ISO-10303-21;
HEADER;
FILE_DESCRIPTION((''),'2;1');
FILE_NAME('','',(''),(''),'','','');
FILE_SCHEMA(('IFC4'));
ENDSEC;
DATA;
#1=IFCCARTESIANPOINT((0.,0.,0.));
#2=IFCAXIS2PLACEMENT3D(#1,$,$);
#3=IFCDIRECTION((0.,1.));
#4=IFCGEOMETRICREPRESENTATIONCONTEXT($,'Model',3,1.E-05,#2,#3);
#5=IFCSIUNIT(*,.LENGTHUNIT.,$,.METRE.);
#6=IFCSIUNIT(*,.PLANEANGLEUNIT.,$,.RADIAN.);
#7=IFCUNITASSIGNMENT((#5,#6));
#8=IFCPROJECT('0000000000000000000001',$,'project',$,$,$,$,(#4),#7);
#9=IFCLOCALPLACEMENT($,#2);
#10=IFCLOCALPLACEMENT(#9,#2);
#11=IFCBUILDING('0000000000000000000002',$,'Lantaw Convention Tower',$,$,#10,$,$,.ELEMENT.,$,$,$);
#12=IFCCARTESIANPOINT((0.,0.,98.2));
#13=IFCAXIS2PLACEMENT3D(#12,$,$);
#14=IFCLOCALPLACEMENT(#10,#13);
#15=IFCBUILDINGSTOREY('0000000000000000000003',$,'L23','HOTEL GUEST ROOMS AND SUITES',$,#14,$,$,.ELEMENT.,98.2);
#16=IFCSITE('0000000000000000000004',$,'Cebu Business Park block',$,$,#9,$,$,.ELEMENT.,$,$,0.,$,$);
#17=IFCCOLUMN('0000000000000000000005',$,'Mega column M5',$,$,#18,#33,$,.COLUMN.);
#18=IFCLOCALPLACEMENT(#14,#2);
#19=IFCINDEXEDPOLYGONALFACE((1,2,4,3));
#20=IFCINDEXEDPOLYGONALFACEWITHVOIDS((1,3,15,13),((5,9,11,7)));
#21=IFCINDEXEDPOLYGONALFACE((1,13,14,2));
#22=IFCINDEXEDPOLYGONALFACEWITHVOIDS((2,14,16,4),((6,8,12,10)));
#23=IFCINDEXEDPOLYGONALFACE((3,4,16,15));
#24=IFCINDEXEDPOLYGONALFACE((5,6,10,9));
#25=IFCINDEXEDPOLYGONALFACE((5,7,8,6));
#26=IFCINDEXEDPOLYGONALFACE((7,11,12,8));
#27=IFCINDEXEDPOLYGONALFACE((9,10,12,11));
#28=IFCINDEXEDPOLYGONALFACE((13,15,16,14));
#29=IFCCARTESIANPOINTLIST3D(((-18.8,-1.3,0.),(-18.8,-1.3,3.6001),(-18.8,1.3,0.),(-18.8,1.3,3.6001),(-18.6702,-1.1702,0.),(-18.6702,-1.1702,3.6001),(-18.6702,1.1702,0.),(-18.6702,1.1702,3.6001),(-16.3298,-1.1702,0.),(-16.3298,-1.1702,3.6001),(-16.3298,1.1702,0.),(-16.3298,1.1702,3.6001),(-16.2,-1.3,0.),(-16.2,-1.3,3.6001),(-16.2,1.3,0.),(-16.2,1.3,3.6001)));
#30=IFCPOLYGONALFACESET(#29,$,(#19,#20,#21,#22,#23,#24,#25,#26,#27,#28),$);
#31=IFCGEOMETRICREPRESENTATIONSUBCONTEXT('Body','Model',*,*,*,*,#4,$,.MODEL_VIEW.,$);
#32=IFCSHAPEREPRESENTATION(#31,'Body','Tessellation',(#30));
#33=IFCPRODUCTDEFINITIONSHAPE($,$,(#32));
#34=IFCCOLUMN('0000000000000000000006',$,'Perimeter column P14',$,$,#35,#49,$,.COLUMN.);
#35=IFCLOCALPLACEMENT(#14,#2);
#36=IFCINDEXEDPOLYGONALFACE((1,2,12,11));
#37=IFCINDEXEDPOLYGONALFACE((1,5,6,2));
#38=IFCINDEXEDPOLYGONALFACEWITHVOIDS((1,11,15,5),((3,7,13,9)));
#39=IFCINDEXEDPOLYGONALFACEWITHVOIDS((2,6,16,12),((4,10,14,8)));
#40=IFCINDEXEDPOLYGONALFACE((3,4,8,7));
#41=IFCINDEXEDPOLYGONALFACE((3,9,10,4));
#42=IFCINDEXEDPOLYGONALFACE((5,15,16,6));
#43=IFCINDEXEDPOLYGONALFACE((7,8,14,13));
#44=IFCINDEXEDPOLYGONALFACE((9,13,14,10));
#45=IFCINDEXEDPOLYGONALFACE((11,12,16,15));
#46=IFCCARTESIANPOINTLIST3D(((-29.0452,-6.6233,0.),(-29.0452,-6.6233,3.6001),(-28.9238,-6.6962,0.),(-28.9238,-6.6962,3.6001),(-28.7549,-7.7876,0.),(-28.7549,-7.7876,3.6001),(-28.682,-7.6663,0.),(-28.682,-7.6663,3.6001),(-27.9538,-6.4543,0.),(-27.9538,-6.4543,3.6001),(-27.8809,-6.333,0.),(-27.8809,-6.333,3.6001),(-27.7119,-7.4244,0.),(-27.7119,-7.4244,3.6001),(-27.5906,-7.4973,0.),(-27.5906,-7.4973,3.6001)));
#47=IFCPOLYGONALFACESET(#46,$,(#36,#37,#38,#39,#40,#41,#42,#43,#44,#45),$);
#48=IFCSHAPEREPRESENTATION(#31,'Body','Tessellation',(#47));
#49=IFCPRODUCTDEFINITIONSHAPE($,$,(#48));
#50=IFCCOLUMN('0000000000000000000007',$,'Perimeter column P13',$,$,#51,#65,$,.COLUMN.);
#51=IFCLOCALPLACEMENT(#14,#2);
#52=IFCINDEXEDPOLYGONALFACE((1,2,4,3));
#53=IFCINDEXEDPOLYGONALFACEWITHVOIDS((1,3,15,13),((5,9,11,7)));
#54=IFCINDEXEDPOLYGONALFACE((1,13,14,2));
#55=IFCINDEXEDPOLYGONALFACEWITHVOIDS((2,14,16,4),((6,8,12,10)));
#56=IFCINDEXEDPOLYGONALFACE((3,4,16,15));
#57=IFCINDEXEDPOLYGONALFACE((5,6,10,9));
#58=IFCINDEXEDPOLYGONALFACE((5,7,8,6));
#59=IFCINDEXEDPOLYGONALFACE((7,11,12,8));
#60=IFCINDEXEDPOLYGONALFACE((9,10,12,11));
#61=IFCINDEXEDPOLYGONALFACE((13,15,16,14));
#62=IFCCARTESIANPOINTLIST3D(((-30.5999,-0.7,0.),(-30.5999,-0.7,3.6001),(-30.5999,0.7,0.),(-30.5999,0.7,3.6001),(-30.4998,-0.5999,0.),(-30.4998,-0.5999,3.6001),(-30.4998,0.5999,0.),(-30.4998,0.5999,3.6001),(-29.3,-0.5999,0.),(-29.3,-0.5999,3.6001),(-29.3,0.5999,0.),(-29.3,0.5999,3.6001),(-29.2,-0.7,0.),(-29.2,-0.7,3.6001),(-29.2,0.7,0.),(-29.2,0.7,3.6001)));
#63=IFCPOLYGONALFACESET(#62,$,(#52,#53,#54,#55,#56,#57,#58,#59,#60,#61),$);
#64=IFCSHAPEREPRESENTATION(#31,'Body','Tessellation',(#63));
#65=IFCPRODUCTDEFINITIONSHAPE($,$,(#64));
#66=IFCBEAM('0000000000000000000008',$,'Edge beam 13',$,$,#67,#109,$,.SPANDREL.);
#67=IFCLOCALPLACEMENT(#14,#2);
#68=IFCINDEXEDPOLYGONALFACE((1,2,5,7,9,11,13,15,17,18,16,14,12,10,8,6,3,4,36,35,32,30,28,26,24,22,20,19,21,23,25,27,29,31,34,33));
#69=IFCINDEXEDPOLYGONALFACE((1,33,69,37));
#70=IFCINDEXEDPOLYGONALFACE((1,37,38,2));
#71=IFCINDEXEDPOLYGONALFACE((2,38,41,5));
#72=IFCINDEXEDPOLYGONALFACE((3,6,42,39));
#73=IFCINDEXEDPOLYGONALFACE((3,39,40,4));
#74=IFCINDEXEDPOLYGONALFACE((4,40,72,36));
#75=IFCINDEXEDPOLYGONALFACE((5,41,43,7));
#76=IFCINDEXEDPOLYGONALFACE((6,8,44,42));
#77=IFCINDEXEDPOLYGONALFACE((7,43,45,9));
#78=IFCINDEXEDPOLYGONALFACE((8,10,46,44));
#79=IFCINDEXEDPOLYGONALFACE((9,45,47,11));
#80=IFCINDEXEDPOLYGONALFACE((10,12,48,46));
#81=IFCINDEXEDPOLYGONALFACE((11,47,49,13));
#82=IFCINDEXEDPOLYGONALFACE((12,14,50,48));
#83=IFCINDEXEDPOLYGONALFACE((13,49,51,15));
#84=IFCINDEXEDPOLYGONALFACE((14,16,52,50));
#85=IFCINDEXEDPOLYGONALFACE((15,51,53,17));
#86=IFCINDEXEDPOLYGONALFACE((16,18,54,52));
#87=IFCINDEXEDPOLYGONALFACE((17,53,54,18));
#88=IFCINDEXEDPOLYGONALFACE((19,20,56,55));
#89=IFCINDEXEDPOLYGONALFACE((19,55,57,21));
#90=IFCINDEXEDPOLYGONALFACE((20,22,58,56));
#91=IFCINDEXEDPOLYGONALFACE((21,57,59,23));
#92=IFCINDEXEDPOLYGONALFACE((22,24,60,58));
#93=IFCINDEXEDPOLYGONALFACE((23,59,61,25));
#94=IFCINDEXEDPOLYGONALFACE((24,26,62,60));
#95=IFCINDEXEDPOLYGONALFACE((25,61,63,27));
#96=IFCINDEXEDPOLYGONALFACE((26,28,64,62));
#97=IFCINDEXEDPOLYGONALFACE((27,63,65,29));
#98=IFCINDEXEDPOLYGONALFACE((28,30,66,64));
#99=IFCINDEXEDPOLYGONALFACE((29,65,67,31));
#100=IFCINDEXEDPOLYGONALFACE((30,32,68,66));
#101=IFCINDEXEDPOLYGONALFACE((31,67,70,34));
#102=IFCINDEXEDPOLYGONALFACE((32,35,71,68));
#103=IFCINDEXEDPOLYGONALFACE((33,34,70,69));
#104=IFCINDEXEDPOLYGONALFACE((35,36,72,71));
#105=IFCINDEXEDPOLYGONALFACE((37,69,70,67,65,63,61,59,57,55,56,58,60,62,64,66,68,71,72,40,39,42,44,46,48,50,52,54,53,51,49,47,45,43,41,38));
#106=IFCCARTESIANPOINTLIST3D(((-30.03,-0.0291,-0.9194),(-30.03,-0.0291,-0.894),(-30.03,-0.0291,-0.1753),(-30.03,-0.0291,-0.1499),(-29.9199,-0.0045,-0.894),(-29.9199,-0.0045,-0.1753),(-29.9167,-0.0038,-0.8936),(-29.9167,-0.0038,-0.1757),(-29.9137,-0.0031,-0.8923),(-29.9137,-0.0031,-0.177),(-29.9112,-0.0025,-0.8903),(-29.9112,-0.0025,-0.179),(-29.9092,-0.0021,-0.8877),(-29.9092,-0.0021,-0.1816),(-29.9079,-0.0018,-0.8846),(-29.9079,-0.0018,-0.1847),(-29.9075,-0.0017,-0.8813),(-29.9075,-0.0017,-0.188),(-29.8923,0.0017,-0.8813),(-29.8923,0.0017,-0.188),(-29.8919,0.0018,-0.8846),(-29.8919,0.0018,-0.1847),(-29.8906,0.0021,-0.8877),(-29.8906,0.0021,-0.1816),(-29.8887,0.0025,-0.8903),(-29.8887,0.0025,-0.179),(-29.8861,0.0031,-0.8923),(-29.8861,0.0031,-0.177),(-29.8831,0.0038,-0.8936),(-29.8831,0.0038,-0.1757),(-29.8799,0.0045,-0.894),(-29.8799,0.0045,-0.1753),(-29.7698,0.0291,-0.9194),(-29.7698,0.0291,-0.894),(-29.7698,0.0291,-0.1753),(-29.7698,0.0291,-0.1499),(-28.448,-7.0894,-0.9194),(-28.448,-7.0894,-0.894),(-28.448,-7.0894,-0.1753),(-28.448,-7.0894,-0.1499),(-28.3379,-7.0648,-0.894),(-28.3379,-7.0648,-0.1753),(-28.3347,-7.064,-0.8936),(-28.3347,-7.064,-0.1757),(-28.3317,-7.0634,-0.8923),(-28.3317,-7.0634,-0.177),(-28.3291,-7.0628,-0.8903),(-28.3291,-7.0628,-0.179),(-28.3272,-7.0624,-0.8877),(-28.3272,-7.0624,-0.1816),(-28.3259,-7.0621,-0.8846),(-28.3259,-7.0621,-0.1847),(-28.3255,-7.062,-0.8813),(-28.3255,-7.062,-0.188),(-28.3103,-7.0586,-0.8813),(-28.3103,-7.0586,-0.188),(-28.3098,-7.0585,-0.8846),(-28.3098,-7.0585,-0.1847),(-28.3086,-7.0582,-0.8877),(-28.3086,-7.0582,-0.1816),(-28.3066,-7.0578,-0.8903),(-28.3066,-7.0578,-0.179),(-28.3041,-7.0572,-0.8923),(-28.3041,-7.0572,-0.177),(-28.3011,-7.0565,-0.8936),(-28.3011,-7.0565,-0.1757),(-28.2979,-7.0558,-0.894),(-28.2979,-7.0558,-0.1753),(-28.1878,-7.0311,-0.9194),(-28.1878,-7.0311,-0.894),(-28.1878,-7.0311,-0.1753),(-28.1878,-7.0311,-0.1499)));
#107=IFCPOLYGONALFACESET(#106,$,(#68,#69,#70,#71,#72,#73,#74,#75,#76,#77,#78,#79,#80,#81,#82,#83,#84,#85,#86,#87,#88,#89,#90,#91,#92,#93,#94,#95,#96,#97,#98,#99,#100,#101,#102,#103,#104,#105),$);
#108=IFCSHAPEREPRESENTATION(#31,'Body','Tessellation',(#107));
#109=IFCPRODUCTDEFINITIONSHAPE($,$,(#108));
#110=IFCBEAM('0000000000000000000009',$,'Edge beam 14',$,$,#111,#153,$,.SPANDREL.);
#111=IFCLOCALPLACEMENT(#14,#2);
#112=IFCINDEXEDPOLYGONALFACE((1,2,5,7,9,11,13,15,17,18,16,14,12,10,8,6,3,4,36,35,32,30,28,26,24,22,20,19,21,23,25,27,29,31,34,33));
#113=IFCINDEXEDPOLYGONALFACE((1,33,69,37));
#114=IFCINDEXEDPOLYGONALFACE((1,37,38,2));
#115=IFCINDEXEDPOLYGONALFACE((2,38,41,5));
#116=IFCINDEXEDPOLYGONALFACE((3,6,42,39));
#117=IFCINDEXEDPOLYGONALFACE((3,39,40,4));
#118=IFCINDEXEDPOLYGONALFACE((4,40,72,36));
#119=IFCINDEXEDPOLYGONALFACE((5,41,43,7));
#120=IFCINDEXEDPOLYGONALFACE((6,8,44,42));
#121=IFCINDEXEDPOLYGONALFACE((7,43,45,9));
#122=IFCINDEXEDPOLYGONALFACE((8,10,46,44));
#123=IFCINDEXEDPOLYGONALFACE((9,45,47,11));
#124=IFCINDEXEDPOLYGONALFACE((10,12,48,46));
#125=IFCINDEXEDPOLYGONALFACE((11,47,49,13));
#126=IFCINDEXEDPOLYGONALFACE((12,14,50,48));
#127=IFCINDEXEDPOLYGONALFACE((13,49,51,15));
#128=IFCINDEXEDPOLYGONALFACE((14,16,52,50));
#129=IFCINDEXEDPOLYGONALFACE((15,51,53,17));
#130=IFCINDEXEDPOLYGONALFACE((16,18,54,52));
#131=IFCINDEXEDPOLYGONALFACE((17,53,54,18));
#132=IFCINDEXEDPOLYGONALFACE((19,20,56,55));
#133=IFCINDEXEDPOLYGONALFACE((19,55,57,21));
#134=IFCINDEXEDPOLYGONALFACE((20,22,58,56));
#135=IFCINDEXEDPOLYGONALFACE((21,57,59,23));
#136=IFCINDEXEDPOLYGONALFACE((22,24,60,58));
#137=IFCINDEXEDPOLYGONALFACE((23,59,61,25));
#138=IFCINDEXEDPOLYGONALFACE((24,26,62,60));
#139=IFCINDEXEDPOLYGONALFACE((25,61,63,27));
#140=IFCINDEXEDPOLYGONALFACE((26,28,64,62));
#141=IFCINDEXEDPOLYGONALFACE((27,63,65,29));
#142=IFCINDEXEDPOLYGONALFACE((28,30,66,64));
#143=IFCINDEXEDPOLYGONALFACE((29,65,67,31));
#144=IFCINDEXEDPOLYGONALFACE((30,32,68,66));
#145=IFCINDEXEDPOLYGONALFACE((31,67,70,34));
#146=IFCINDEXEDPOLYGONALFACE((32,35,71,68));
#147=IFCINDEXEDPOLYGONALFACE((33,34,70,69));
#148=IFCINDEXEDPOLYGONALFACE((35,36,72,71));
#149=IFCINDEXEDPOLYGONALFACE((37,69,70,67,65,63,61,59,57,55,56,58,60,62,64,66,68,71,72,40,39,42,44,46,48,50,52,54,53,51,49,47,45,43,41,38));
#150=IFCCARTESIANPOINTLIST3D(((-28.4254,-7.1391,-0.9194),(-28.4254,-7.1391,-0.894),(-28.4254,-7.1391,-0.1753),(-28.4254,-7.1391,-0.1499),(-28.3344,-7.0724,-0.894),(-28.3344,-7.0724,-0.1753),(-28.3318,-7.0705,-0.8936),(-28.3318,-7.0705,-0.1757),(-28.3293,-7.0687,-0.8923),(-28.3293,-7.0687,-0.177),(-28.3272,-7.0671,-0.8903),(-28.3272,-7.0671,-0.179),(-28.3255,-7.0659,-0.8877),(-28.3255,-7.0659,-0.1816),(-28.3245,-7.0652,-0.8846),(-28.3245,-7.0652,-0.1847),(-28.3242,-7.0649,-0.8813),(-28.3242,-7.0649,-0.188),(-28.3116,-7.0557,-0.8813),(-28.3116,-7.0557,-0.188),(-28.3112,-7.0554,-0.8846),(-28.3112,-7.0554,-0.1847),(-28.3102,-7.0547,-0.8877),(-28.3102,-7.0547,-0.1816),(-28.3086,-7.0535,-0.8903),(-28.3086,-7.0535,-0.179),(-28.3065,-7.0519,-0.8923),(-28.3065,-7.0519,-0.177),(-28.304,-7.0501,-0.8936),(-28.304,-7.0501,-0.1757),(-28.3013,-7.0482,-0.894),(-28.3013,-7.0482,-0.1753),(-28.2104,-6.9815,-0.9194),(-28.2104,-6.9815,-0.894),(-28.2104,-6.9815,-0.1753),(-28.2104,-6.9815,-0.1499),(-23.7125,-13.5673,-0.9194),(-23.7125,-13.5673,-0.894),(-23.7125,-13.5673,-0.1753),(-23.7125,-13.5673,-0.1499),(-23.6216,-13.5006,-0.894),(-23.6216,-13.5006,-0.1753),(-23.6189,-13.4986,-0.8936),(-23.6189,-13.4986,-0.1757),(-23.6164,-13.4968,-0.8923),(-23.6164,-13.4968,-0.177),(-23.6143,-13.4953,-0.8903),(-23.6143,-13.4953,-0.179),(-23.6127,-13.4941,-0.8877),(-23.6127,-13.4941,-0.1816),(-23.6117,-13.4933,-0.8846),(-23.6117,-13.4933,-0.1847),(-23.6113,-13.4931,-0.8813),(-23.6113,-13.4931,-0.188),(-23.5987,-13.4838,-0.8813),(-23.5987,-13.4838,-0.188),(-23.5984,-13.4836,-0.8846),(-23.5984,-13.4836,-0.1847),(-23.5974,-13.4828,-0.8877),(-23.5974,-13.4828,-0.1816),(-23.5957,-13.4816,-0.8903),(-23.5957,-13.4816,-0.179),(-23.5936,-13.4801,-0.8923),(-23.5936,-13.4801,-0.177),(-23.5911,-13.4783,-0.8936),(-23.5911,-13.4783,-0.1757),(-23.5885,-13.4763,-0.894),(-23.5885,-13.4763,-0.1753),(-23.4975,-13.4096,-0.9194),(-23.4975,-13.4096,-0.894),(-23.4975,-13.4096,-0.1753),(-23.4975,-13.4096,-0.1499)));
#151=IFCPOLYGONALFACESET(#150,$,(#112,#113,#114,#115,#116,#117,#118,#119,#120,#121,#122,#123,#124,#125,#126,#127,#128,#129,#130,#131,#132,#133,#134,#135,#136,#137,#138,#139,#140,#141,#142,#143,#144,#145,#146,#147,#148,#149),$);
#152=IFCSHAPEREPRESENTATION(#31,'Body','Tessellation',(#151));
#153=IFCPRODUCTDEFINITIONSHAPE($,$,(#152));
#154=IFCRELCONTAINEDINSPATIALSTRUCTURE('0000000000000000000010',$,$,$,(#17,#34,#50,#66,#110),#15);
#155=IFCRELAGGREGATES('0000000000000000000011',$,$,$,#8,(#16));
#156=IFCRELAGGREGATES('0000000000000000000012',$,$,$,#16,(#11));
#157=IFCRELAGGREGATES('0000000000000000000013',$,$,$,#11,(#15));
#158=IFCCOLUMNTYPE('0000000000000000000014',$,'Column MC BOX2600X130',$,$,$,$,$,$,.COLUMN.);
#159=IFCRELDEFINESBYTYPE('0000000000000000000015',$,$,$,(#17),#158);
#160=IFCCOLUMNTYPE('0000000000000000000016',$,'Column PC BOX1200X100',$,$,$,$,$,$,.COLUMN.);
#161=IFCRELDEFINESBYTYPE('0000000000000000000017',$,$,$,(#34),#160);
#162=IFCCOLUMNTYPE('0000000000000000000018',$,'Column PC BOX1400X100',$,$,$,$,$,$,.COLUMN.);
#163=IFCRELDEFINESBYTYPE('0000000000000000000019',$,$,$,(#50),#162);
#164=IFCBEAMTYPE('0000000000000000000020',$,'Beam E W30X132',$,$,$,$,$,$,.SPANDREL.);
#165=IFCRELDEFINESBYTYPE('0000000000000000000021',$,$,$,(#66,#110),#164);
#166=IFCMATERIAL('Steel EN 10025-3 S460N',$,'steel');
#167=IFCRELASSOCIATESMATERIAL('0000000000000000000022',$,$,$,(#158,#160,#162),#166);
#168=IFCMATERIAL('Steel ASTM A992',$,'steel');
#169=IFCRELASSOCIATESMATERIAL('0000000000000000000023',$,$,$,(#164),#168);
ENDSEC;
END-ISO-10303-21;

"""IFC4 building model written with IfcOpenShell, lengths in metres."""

from ifc_helpers import new_model, si_unit, direction, frame, origin, origin_2d, place, context, subcontext, project, spatial, rectangle, hollow_rectangle, i_section, extrude, material, material_profile, profile_set, type_object, element, save


model = new_model("IFC4")

# Units and contexts
model_context = context("Model", 3, precision=1e-05, world=origin(), true_north=direction((0.0, 1.0)))
body_context = subcontext(model_context, "Body", "Model", "MODEL_VIEW")
ifc_project = project(units=[si_unit("LENGTHUNIT", "METRE"), si_unit("PLANEANGLEUNIT", "RADIAN")], contexts=[model_context])

# Site, building, storey
site_placement = place(None, origin())
site = spatial("IfcSite", under=ifc_project, at=site_placement, Name="Cebu Business Park block", CompositionType="ELEMENT", RefElevation=0.0)
building_placement = place(site_placement, origin())
building = spatial("IfcBuilding", under=site, at=building_placement, Name="Lantaw Convention Tower", CompositionType="ELEMENT")
storey_placement = place(building_placement, frame((0.0, 0.0, 98.2)))
storey = spatial("IfcBuildingStorey", under=building, at=storey_placement, Name="L23", Description="HOTEL GUEST ROOMS AND SUITES", CompositionType="ELEMENT", Elevation=98.2)

# Columns
ifc_material_1 = material(Name="Steel EN 10025-3 S460N", Category="steel")
ifc_material_profile_1 = material_profile(ifc_material_1, hollow_rectangle(XDim=2.6001, YDim=2.6001, WallThickness=0.1299, at=origin_2d()), Name="BOX2600X130")
ifc_material_2 = material(Name="Concrete C60/75", Category="concrete")
ifc_material_profile_2 = material_profile(ifc_material_2, rectangle(XDim=2.3401, YDim=2.3401, at=origin_2d()), Name="Concrete fill of BOX2600X130")
ifc_profile_set_1 = profile_set([ifc_material_profile_1, ifc_material_profile_2], Name="Steel EN 10025-3 S460N")
column_type_1 = type_object("IfcColumnType", Name="Column MC BOX2600X130", PredefinedType="COLUMN", material=ifc_profile_set_1)
column_1_placement = place(storey_placement, frame((-17.5, 0.0, 0.0), z_axis=(0.0, 0.0, 1.0), x_axis=(1.0, 0.0, 0.0)))
element("IfcColumn", 1, at=column_1_placement, inside=storey, type_object=column_type_1, Name="Mega column M5", PredefinedType="COLUMN", context=body_context, shape_type="SweptSolid", body=[
    extrude(hollow_rectangle(XDim=2.6001, YDim=2.6001, WallThickness=0.1299, at=origin_2d()), origin(), (0.0, 0.0, 1.0), 3.6001),
])
ifc_material_profile_3 = material_profile(ifc_material_1, hollow_rectangle(XDim=1.2, YDim=1.2, WallThickness=0.1001, at=origin_2d()), Name="BOX1200X100")
ifc_material_profile_4 = material_profile(ifc_material_2, rectangle(XDim=1.0, YDim=1.0, at=origin_2d()), Name="Concrete fill of BOX1200X100")
ifc_profile_set_2 = profile_set([ifc_material_profile_3, ifc_material_profile_4], Name="Steel EN 10025-3 S460N")
column_type_2 = type_object("IfcColumnType", Name="Column PC BOX1200X100", PredefinedType="COLUMN", material=ifc_profile_set_2)
column_2_placement = place(storey_placement, frame((-28.3179, -7.0603, 0.0), z_axis=(0.0, 0.0, 1.0), x_axis=(0.970296, 0.241922, 0.0)))
element("IfcColumn", 2, at=column_2_placement, inside=storey, type_object=column_type_2, Name="Perimeter column P14", PredefinedType="COLUMN", context=body_context, shape_type="SweptSolid", body=[
    extrude(hollow_rectangle(XDim=1.2, YDim=1.2, WallThickness=0.1001, at=origin_2d()), origin(), (0.0, 0.0, 1.0), 3.6001),
])
ifc_material_profile_5 = material_profile(ifc_material_1, hollow_rectangle(XDim=1.3999, YDim=1.3999, WallThickness=0.1001, at=origin_2d()), Name="BOX1400X100")
ifc_material_profile_6 = material_profile(ifc_material_2, rectangle(XDim=1.2, YDim=1.2, at=origin_2d()), Name="Concrete fill of BOX1400X100")
ifc_profile_set_3 = profile_set([ifc_material_profile_5, ifc_material_profile_6], Name="Steel EN 10025-3 S460N")
column_type_3 = type_object("IfcColumnType", Name="Column PC BOX1400X100", PredefinedType="COLUMN", material=ifc_profile_set_3)
column_3_placement = place(storey_placement, frame((-29.8999, 0.0, 0.0), z_axis=(0.0, 0.0, 1.0), x_axis=(1.0, 0.0, 0.0)))
element("IfcColumn", 3, at=column_3_placement, inside=storey, type_object=column_type_3, Name="Perimeter column P13", PredefinedType="COLUMN", context=body_context, shape_type="SweptSolid", body=[
    extrude(hollow_rectangle(XDim=1.3999, YDim=1.3999, WallThickness=0.1001, at=origin_2d()), origin(), (0.0, 0.0, 1.0), 3.6001),
])

# Beams
ifc_material_3 = material(Name="Steel ASTM A992", Category="steel")
ifc_material_profile_7 = material_profile(ifc_material_3, i_section(OverallWidth=0.2666, OverallDepth=0.7695, WebThickness=0.0156, FlangeThickness=0.0254, FilletRadius=0.0127, at=origin_2d()), Name="W30X132")
ifc_profile_set_4 = profile_set([ifc_material_profile_7], Name="Steel ASTM A992")
beam_type_1 = type_object("IfcBeamType", Name="Beam E W30X132", PredefinedType="SPANDREL", material=ifc_profile_set_4)
beam_1_placement = place(storey_placement, frame((-29.8999, 0.0, -0.5347), z_axis=(0.218652, -0.975803, 0.0), x_axis=(0.975803, 0.218652, 0.0)))
element("IfcBeam", 4, at=beam_1_placement, inside=storey, type_object=beam_type_1, Name="Edge beam 13", PredefinedType="SPANDREL", context=body_context, shape_type="SweptSolid", body=[
    extrude(i_section(OverallWidth=0.2666, OverallDepth=0.7695, WebThickness=0.0156, FlangeThickness=0.0254, FilletRadius=0.0127, at=origin_2d()), origin(), (0.0, 0.0, 1.0), 7.2354),
])
beam_2_placement = place(storey_placement, frame((-28.3179, -7.0603, -0.5347), z_axis=(0.591271, -0.806473, 0.0), x_axis=(0.806473, 0.591271, 0.0)))
element("IfcBeam", 5, at=beam_2_placement, inside=storey, type_object=beam_type_1, Name="Edge beam 14", PredefinedType="SPANDREL", context=body_context, shape_type="SweptSolid", body=[
    extrude(i_section(OverallWidth=0.2666, OverallDepth=0.7695, WebThickness=0.0156, FlangeThickness=0.0254, FilletRadius=0.0127, at=origin_2d()), origin(), (0.0, 0.0, 1.0), 7.9707),
])

save(model, "model.ifc")
